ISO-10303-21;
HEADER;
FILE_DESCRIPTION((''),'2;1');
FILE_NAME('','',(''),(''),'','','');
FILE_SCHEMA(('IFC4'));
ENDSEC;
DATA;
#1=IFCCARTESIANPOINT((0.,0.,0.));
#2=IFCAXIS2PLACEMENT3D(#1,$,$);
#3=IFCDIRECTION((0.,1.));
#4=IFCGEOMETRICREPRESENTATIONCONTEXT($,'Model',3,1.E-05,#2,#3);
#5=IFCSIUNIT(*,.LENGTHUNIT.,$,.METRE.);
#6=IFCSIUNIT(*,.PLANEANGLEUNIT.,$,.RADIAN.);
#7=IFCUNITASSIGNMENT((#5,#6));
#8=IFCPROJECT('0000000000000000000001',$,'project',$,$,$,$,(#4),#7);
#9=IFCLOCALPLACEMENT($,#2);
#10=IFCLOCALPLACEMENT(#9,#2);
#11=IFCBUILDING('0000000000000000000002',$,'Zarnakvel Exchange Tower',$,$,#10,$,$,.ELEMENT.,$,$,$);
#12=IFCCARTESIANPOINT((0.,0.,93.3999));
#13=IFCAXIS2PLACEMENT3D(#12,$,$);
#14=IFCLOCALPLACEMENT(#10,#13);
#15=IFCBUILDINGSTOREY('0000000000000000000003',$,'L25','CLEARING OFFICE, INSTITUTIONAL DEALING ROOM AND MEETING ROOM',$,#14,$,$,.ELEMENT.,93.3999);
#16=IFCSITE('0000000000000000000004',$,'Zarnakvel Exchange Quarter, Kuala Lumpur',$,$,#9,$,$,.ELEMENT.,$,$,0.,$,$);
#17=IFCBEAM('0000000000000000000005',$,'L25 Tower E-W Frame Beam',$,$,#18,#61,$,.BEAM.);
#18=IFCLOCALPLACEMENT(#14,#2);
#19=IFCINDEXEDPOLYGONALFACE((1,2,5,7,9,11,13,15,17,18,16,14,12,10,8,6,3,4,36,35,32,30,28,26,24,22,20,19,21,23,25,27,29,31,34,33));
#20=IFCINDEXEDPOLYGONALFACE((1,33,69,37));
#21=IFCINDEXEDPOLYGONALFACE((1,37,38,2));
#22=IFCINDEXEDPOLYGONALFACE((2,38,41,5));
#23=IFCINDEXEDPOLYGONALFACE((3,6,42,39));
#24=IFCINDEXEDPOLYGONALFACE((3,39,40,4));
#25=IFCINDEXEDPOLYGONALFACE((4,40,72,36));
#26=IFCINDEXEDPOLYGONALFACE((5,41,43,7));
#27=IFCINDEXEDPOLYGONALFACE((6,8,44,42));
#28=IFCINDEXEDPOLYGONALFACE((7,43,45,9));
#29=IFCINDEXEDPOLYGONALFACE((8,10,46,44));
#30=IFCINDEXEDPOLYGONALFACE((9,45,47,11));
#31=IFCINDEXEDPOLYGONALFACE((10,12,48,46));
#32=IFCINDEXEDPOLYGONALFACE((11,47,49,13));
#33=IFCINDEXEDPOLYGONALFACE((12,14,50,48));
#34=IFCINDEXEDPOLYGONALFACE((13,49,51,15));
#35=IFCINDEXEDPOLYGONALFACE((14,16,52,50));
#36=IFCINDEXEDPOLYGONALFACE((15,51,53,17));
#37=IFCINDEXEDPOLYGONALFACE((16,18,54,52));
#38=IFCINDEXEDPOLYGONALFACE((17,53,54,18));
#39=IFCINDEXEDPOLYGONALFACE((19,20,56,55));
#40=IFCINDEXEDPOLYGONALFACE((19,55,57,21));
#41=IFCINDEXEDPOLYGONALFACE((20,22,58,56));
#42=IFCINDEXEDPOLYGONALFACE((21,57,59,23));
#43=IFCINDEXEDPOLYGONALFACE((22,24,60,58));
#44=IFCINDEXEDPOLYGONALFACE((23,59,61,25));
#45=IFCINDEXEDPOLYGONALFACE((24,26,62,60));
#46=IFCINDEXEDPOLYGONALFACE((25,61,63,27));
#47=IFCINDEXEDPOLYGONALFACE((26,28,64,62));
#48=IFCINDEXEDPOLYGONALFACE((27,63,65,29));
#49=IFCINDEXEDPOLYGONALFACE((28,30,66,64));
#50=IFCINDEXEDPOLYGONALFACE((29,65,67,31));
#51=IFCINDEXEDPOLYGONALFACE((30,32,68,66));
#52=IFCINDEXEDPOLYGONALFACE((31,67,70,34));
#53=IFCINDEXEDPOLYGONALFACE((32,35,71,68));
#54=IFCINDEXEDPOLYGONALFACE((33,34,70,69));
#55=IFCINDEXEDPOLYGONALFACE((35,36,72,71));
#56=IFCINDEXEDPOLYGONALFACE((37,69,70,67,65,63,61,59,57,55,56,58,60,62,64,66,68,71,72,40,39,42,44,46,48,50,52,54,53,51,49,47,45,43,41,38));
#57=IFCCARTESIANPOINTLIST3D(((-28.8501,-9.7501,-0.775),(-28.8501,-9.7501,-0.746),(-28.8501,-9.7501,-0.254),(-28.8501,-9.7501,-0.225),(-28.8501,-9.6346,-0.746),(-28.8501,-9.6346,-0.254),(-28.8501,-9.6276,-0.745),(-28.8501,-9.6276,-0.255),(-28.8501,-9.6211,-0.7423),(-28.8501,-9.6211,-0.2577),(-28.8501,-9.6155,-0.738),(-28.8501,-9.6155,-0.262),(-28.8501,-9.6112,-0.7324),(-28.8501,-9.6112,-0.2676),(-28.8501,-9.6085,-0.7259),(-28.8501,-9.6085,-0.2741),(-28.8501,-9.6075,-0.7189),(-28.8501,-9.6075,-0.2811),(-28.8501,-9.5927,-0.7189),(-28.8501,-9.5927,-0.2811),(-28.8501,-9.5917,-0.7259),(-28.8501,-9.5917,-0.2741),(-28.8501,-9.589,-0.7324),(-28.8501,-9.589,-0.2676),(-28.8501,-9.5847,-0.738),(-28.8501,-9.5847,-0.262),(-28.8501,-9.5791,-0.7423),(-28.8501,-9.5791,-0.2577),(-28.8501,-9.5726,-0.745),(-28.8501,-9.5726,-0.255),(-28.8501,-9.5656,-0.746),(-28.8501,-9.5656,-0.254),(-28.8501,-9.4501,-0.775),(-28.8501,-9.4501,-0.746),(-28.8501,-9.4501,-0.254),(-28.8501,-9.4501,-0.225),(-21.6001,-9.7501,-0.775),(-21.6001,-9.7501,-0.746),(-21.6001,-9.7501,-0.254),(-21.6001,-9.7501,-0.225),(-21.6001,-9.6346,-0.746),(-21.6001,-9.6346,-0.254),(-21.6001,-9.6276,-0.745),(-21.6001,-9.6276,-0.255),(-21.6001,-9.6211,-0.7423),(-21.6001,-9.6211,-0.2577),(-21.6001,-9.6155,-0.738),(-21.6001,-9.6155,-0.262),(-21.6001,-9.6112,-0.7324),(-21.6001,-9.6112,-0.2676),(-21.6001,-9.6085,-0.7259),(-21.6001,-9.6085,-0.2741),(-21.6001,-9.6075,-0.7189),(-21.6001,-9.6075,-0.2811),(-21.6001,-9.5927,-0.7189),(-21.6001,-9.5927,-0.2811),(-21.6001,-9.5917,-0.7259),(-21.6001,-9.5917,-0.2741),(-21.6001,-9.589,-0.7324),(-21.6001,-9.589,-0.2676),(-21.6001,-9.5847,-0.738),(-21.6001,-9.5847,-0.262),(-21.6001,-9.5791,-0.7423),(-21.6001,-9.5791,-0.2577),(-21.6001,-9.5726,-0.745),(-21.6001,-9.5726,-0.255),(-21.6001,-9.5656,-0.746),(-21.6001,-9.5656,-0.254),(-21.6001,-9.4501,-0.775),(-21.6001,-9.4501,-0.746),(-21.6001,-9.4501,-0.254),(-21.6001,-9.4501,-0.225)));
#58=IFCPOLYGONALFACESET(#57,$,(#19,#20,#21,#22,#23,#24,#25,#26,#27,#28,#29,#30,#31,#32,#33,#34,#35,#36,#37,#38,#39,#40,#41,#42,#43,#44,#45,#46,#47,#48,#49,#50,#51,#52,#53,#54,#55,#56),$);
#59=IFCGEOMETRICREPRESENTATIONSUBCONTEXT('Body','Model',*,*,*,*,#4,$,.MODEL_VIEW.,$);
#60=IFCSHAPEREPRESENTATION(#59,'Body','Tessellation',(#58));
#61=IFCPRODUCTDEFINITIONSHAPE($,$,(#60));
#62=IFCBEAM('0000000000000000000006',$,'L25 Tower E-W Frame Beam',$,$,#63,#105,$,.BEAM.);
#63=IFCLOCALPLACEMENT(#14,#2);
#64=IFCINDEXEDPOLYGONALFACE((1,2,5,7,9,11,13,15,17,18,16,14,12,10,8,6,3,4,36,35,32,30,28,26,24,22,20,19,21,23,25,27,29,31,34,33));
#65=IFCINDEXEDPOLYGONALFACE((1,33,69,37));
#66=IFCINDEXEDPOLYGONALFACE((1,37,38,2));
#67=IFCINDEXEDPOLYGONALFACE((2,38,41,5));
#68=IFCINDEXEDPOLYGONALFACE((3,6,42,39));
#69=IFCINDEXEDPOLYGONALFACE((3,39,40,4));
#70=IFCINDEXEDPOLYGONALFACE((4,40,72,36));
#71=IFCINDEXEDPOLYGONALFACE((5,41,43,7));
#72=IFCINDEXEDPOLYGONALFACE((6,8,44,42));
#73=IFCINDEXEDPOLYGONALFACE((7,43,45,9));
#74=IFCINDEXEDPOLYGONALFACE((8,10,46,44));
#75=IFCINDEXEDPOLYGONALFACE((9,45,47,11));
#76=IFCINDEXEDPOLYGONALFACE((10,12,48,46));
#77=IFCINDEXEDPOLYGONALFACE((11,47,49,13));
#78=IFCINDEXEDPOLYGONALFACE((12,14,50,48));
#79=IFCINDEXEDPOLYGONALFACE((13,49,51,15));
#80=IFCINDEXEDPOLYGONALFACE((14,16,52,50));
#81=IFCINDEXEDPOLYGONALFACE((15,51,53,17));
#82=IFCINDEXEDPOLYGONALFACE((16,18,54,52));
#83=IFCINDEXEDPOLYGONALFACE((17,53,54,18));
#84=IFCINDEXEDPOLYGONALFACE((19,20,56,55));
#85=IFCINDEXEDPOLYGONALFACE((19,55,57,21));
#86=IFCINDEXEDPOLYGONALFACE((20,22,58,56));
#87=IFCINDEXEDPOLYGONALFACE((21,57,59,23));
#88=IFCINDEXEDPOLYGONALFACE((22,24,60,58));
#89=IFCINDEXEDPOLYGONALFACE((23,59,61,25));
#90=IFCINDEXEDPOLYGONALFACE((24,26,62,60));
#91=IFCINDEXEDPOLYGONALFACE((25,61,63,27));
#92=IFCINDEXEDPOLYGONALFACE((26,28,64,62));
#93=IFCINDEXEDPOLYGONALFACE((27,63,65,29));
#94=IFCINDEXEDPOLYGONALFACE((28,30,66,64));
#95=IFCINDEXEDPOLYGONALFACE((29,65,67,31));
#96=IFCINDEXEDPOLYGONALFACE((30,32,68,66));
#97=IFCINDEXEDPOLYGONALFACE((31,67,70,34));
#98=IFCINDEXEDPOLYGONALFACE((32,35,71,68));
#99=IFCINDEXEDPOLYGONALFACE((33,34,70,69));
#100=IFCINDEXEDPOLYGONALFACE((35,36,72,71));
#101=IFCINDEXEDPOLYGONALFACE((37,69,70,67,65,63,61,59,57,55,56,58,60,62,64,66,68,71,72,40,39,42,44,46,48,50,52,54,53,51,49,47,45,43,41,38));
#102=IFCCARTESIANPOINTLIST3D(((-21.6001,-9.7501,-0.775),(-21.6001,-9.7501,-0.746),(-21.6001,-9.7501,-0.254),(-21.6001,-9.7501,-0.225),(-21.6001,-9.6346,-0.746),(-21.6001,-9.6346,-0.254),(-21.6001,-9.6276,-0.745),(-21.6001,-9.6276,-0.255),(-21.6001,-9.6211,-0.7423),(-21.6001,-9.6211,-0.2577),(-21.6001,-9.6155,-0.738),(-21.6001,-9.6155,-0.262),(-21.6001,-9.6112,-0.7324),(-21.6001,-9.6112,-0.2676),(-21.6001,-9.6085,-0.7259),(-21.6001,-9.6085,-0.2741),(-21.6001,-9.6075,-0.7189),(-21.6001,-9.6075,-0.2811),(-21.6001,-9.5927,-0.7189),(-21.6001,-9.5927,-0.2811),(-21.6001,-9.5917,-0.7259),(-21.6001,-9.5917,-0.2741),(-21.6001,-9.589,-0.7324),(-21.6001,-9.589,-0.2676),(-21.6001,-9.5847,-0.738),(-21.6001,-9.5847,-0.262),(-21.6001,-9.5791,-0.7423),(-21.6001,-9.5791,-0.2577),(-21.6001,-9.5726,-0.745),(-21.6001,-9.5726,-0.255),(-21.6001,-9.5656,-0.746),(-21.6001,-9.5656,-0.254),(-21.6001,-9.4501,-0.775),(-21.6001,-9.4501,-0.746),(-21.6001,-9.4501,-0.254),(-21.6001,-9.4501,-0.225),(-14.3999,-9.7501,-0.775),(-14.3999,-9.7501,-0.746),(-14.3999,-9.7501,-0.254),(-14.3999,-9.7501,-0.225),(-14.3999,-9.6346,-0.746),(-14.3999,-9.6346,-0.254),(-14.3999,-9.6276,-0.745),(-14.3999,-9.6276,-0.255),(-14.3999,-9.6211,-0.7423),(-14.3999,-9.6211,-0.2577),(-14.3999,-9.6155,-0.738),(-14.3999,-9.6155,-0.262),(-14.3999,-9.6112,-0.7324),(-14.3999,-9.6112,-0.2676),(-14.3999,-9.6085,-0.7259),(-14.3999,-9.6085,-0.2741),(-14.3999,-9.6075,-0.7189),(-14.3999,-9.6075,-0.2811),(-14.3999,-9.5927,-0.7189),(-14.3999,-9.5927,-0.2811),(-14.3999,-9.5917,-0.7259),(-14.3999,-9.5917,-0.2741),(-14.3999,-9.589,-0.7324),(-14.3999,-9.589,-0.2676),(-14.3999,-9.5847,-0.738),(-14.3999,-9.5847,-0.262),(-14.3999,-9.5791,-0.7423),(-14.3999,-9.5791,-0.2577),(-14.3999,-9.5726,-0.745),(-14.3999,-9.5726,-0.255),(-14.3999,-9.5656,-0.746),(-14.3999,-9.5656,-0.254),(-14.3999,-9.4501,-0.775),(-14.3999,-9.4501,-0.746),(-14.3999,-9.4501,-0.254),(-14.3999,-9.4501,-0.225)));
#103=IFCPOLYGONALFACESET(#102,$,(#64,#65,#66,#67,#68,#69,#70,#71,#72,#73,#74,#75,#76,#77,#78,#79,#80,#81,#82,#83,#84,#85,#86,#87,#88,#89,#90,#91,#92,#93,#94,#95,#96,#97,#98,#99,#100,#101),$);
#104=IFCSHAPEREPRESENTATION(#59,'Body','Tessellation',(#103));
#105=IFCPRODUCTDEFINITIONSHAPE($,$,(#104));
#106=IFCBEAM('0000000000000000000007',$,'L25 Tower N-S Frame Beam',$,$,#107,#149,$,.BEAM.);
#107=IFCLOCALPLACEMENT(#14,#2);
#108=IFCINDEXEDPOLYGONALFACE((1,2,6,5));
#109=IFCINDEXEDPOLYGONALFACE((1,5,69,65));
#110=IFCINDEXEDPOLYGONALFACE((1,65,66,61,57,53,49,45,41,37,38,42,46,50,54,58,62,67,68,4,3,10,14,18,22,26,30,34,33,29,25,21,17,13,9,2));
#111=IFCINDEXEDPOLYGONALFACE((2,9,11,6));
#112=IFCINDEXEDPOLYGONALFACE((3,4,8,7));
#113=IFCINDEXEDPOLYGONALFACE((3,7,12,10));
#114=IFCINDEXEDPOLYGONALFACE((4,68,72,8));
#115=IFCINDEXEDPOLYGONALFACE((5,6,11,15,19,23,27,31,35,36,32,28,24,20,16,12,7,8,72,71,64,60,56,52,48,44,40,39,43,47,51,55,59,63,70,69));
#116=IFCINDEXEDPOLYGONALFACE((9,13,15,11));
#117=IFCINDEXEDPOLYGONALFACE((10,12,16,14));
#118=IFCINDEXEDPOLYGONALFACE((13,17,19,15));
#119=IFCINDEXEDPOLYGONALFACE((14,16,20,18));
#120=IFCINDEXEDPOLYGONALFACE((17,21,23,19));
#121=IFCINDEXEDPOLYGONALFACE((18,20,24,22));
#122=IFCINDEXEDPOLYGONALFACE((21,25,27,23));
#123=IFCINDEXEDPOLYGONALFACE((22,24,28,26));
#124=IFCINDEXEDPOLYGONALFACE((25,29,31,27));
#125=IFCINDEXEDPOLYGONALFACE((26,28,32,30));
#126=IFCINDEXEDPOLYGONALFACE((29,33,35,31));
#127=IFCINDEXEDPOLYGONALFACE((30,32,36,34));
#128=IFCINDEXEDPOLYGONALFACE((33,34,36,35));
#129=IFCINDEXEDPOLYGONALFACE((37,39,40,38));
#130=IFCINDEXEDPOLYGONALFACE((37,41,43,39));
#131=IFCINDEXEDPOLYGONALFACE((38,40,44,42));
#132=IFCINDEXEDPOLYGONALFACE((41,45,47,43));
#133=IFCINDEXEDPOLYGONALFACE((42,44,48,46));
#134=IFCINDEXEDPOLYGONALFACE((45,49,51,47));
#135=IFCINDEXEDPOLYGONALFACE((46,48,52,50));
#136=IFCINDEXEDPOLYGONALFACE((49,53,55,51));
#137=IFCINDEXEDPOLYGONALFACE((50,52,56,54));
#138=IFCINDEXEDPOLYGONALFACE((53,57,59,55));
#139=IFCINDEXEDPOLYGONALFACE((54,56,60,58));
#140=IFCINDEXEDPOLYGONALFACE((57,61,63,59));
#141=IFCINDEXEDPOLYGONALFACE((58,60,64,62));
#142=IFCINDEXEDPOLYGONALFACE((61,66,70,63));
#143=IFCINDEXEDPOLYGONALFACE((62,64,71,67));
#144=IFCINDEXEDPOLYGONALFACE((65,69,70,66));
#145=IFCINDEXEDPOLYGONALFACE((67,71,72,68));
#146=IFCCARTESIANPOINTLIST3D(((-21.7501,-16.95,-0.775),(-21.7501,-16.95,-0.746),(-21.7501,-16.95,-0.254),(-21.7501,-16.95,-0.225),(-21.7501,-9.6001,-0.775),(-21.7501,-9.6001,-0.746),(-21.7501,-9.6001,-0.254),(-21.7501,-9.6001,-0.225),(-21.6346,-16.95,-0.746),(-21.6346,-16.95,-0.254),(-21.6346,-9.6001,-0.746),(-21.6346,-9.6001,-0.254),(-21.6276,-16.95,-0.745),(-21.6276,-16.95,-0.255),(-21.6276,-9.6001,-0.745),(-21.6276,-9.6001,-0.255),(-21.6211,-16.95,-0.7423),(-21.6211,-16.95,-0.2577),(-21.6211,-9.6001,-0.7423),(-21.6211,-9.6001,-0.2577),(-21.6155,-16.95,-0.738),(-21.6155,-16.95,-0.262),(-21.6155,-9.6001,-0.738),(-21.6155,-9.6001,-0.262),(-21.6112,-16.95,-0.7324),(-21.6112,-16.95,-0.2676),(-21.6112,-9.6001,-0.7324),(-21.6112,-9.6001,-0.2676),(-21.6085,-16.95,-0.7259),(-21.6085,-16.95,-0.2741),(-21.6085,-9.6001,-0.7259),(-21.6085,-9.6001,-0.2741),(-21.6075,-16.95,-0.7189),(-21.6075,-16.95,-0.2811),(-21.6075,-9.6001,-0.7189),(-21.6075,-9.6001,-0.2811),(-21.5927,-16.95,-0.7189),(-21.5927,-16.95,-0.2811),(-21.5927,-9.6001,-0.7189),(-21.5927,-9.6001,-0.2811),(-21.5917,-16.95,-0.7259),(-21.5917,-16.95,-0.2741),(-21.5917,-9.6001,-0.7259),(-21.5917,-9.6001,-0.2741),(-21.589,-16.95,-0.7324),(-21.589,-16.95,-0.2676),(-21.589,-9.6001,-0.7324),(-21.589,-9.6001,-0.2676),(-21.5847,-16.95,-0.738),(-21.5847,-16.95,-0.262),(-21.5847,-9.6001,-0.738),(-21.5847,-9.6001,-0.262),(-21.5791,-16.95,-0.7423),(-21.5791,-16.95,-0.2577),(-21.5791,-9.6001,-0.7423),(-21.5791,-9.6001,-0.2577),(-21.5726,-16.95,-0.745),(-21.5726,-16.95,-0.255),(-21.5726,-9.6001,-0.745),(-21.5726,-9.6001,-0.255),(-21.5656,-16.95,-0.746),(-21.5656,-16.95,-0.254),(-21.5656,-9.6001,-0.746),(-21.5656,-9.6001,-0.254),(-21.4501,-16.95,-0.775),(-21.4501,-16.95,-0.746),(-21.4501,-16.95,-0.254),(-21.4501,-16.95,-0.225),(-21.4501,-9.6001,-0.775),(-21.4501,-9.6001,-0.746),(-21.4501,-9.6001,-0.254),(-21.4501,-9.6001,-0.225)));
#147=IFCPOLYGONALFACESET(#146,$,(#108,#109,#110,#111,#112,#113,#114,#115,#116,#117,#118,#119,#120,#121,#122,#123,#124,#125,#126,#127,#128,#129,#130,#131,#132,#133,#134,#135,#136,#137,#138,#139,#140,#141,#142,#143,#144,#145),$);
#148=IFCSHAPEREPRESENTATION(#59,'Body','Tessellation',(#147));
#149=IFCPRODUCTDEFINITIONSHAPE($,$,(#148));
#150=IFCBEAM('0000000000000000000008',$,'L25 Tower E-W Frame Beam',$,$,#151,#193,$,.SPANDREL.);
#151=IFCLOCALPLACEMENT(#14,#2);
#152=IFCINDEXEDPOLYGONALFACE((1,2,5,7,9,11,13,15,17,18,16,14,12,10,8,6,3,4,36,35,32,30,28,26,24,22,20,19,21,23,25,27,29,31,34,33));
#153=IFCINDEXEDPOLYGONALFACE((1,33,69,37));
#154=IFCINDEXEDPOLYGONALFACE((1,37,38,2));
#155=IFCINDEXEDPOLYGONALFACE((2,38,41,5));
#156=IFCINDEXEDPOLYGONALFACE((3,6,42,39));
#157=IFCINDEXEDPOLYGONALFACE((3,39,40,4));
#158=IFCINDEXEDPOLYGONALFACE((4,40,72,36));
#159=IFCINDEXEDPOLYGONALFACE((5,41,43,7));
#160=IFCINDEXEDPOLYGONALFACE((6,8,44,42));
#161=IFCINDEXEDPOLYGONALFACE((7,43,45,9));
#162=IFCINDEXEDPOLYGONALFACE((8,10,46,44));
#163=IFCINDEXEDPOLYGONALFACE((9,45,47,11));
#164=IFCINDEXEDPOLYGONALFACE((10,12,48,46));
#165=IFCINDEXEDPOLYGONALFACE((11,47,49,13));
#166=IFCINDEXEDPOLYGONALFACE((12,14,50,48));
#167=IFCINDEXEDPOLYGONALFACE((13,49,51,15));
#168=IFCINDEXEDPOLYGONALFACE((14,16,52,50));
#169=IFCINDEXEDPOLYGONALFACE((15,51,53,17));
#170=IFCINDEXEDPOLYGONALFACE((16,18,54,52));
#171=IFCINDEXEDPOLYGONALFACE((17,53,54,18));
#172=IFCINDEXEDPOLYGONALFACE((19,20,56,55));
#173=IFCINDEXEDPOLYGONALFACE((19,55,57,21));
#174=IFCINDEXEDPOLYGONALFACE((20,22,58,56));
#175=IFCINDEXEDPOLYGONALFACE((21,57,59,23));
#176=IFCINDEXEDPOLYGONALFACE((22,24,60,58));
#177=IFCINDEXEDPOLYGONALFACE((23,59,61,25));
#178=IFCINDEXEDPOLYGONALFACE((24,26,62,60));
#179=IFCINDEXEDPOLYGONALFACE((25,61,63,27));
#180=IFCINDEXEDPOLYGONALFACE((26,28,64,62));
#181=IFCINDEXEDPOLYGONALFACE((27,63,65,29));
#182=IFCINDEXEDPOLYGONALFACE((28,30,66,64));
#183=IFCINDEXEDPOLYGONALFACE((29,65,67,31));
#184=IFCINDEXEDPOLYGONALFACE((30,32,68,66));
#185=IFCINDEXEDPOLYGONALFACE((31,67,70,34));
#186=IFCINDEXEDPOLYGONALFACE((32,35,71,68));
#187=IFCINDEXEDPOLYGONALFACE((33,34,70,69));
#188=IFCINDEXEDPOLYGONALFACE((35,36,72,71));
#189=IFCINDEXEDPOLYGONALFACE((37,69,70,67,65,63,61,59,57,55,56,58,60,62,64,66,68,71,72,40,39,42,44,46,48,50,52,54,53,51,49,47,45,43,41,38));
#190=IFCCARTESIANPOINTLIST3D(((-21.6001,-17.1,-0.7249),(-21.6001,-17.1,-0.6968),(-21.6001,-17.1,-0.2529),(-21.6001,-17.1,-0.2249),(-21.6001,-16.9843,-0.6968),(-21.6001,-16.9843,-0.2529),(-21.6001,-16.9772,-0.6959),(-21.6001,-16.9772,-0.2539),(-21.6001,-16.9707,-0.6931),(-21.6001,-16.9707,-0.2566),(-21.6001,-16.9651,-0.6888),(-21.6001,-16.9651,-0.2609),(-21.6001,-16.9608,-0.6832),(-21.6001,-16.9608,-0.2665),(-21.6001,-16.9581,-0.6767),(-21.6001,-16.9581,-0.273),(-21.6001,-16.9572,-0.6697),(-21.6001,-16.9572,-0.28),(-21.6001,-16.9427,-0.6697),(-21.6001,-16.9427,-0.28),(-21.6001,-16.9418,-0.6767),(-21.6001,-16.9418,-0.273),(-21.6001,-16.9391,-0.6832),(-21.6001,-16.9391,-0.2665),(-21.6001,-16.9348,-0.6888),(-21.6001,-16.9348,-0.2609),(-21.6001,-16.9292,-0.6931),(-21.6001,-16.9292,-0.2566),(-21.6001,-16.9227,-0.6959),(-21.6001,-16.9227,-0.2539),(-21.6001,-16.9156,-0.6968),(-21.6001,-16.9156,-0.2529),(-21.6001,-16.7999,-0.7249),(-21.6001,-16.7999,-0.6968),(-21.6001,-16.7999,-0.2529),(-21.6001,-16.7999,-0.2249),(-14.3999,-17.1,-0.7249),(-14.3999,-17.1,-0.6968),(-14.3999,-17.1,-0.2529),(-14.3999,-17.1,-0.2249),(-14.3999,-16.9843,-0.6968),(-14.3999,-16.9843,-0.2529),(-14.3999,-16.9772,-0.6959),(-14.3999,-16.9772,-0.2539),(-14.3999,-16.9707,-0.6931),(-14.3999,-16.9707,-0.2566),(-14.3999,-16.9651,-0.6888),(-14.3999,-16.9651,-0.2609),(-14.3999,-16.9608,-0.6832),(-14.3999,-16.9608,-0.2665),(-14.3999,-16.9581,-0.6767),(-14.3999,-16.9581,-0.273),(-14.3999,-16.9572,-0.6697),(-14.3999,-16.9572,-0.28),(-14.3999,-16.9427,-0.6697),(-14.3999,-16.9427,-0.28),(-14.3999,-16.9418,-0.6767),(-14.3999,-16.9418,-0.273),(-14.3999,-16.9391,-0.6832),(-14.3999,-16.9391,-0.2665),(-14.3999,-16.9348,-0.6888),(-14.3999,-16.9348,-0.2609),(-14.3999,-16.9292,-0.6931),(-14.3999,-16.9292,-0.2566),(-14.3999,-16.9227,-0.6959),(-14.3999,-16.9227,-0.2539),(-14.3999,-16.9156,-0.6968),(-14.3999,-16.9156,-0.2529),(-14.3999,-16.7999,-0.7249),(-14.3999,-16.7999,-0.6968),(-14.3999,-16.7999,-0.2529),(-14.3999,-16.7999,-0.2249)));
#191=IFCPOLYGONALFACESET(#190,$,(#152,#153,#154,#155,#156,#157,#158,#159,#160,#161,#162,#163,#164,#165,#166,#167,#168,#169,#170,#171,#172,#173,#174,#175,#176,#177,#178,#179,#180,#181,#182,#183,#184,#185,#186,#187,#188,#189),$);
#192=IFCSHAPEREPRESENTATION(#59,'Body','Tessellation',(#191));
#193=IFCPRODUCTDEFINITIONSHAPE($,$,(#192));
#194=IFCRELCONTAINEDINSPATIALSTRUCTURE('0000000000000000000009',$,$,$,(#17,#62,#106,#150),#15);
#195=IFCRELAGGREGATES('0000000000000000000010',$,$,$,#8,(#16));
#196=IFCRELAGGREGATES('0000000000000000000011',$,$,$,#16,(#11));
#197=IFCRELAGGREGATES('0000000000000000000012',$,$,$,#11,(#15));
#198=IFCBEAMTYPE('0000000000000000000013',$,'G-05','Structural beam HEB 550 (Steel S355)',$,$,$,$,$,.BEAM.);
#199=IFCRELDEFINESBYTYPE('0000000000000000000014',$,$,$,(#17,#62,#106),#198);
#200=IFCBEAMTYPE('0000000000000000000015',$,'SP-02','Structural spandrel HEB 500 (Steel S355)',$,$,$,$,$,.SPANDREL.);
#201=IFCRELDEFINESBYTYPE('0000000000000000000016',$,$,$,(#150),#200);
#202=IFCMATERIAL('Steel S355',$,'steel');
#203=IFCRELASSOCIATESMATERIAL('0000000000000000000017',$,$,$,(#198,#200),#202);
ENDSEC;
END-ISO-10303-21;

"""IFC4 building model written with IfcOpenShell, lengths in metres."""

from ifc_helpers import new_model, si_unit, direction, frame, origin, origin_2d, place, context, subcontext, project, spatial, i_section, extrude, material, material_profile, profile_set, type_object, element, save


model = new_model("IFC4")

# Units and contexts
model_context = context("Model", 3, precision=1e-05, world=origin(), true_north=direction((0.0, 1.0)))
body_context = subcontext(model_context, "Body", "Model", "MODEL_VIEW")
ifc_project = project(units=[si_unit("LENGTHUNIT", "METRE"), si_unit("PLANEANGLEUNIT", "RADIAN")], contexts=[model_context])

# Site, building, storey
site_placement = place(None, origin())
site = spatial("IfcSite", under=ifc_project, at=site_placement, Name="Zarnakvel Exchange Quarter, Kuala Lumpur", CompositionType="ELEMENT", RefElevation=0.0)
building_placement = place(site_placement, origin())
building = spatial("IfcBuilding", under=site, at=building_placement, Name="Zarnakvel Exchange Tower", CompositionType="ELEMENT")
storey_placement = place(building_placement, frame((0.0, 0.0, 93.3999)))
storey = spatial("IfcBuildingStorey", under=building, at=storey_placement, Name="L25", Description="CLEARING OFFICE, INSTITUTIONAL DEALING ROOM AND MEETING ROOM", CompositionType="ELEMENT", Elevation=93.3999)

# Shared definitions
ifc_material_1 = material(Name="Steel S355", Category="steel")

# Beams
ifc_material_profile_1 = material_profile(ifc_material_1, i_section(OverallWidth=0.3, OverallDepth=0.55, WebThickness=0.0149, FlangeThickness=0.0291, FilletRadius=0.0271, at=origin_2d()))
ifc_profile_set_1 = profile_set([ifc_material_profile_1], Name="Steel S355")
beam_type_1 = type_object("IfcBeamType", Name="G-05", Description="Structural beam HEB 550 (Steel S355)", PredefinedType="BEAM", material=ifc_profile_set_1)
beam_1_placement = place(storey_placement, frame((-28.8501, -9.6001, -0.5), z_axis=(1.0, 0.0, 0.0), x_axis=(0.0, 1.0, 0.0)))
element("IfcBeam", 1, at=beam_1_placement, inside=storey, type_object=beam_type_1, Name="L25 Tower E-W Frame Beam", PredefinedType="BEAM", context=body_context, shape_type="SweptSolid", body=[
    extrude(i_section(OverallWidth=0.3, OverallDepth=0.55, WebThickness=0.0149, FlangeThickness=0.0291, FilletRadius=0.0271, at=origin_2d()), origin(), (0.0, 0.0, 1.0), 7.25),
])
beam_2_placement = place(storey_placement, frame((-21.6001, -9.6001, -0.5), z_axis=(1.0, 0.0, 0.0), x_axis=(0.0, 1.0, 0.0)))
element("IfcBeam", 2, at=beam_2_placement, inside=storey, type_object=beam_type_1, Name="L25 Tower E-W Frame Beam", PredefinedType="BEAM", context=body_context, shape_type="SweptSolid", body=[
    extrude(i_section(OverallWidth=0.3, OverallDepth=0.55, WebThickness=0.0149, FlangeThickness=0.0291, FilletRadius=0.0271, at=origin_2d()), origin(), (0.0, 0.0, 1.0), 7.2002),
])
beam_3_placement = place(storey_placement, frame((-21.6001, -16.95, -0.5), z_axis=(0.0, 1.0, 0.0), x_axis=(-1.0, 0.0, 0.0)))
element("IfcBeam", 3, at=beam_3_placement, inside=storey, type_object=beam_type_1, Name="L25 Tower N-S Frame Beam", PredefinedType="BEAM", context=body_context, shape_type="SweptSolid", body=[
    extrude(i_section(OverallWidth=0.3, OverallDepth=0.55, WebThickness=0.0149, FlangeThickness=0.0291, FilletRadius=0.0271, at=origin_2d()), origin(), (0.0, 0.0, 1.0), 7.3499),
])
ifc_material_profile_2 = material_profile(ifc_material_1, i_section(OverallWidth=0.3, OverallDepth=0.5, WebThickness=0.0144, FlangeThickness=0.0281, FilletRadius=0.0271, at=origin_2d()))
ifc_profile_set_2 = profile_set([ifc_material_profile_2], Name="Steel S355")
beam_type_2 = type_object("IfcBeamType", Name="SP-02", Description="Structural spandrel HEB 500 (Steel S355)", PredefinedType="SPANDREL", material=ifc_profile_set_2)
beam_4_placement = place(storey_placement, frame((-21.6001, -16.95, -0.4749), z_axis=(1.0, 0.0, 0.0), x_axis=(0.0, 1.0, 0.0)))
element("IfcBeam", 4, at=beam_4_placement, inside=storey, type_object=beam_type_2, Name="L25 Tower E-W Frame Beam", PredefinedType="SPANDREL", context=body_context, shape_type="SweptSolid", body=[
    extrude(i_section(OverallWidth=0.3, OverallDepth=0.5, WebThickness=0.0144, FlangeThickness=0.0281, FilletRadius=0.0271, at=origin_2d()), origin(), (0.0, 0.0, 1.0), 7.2002),
])

save(model, "model.ifc")
